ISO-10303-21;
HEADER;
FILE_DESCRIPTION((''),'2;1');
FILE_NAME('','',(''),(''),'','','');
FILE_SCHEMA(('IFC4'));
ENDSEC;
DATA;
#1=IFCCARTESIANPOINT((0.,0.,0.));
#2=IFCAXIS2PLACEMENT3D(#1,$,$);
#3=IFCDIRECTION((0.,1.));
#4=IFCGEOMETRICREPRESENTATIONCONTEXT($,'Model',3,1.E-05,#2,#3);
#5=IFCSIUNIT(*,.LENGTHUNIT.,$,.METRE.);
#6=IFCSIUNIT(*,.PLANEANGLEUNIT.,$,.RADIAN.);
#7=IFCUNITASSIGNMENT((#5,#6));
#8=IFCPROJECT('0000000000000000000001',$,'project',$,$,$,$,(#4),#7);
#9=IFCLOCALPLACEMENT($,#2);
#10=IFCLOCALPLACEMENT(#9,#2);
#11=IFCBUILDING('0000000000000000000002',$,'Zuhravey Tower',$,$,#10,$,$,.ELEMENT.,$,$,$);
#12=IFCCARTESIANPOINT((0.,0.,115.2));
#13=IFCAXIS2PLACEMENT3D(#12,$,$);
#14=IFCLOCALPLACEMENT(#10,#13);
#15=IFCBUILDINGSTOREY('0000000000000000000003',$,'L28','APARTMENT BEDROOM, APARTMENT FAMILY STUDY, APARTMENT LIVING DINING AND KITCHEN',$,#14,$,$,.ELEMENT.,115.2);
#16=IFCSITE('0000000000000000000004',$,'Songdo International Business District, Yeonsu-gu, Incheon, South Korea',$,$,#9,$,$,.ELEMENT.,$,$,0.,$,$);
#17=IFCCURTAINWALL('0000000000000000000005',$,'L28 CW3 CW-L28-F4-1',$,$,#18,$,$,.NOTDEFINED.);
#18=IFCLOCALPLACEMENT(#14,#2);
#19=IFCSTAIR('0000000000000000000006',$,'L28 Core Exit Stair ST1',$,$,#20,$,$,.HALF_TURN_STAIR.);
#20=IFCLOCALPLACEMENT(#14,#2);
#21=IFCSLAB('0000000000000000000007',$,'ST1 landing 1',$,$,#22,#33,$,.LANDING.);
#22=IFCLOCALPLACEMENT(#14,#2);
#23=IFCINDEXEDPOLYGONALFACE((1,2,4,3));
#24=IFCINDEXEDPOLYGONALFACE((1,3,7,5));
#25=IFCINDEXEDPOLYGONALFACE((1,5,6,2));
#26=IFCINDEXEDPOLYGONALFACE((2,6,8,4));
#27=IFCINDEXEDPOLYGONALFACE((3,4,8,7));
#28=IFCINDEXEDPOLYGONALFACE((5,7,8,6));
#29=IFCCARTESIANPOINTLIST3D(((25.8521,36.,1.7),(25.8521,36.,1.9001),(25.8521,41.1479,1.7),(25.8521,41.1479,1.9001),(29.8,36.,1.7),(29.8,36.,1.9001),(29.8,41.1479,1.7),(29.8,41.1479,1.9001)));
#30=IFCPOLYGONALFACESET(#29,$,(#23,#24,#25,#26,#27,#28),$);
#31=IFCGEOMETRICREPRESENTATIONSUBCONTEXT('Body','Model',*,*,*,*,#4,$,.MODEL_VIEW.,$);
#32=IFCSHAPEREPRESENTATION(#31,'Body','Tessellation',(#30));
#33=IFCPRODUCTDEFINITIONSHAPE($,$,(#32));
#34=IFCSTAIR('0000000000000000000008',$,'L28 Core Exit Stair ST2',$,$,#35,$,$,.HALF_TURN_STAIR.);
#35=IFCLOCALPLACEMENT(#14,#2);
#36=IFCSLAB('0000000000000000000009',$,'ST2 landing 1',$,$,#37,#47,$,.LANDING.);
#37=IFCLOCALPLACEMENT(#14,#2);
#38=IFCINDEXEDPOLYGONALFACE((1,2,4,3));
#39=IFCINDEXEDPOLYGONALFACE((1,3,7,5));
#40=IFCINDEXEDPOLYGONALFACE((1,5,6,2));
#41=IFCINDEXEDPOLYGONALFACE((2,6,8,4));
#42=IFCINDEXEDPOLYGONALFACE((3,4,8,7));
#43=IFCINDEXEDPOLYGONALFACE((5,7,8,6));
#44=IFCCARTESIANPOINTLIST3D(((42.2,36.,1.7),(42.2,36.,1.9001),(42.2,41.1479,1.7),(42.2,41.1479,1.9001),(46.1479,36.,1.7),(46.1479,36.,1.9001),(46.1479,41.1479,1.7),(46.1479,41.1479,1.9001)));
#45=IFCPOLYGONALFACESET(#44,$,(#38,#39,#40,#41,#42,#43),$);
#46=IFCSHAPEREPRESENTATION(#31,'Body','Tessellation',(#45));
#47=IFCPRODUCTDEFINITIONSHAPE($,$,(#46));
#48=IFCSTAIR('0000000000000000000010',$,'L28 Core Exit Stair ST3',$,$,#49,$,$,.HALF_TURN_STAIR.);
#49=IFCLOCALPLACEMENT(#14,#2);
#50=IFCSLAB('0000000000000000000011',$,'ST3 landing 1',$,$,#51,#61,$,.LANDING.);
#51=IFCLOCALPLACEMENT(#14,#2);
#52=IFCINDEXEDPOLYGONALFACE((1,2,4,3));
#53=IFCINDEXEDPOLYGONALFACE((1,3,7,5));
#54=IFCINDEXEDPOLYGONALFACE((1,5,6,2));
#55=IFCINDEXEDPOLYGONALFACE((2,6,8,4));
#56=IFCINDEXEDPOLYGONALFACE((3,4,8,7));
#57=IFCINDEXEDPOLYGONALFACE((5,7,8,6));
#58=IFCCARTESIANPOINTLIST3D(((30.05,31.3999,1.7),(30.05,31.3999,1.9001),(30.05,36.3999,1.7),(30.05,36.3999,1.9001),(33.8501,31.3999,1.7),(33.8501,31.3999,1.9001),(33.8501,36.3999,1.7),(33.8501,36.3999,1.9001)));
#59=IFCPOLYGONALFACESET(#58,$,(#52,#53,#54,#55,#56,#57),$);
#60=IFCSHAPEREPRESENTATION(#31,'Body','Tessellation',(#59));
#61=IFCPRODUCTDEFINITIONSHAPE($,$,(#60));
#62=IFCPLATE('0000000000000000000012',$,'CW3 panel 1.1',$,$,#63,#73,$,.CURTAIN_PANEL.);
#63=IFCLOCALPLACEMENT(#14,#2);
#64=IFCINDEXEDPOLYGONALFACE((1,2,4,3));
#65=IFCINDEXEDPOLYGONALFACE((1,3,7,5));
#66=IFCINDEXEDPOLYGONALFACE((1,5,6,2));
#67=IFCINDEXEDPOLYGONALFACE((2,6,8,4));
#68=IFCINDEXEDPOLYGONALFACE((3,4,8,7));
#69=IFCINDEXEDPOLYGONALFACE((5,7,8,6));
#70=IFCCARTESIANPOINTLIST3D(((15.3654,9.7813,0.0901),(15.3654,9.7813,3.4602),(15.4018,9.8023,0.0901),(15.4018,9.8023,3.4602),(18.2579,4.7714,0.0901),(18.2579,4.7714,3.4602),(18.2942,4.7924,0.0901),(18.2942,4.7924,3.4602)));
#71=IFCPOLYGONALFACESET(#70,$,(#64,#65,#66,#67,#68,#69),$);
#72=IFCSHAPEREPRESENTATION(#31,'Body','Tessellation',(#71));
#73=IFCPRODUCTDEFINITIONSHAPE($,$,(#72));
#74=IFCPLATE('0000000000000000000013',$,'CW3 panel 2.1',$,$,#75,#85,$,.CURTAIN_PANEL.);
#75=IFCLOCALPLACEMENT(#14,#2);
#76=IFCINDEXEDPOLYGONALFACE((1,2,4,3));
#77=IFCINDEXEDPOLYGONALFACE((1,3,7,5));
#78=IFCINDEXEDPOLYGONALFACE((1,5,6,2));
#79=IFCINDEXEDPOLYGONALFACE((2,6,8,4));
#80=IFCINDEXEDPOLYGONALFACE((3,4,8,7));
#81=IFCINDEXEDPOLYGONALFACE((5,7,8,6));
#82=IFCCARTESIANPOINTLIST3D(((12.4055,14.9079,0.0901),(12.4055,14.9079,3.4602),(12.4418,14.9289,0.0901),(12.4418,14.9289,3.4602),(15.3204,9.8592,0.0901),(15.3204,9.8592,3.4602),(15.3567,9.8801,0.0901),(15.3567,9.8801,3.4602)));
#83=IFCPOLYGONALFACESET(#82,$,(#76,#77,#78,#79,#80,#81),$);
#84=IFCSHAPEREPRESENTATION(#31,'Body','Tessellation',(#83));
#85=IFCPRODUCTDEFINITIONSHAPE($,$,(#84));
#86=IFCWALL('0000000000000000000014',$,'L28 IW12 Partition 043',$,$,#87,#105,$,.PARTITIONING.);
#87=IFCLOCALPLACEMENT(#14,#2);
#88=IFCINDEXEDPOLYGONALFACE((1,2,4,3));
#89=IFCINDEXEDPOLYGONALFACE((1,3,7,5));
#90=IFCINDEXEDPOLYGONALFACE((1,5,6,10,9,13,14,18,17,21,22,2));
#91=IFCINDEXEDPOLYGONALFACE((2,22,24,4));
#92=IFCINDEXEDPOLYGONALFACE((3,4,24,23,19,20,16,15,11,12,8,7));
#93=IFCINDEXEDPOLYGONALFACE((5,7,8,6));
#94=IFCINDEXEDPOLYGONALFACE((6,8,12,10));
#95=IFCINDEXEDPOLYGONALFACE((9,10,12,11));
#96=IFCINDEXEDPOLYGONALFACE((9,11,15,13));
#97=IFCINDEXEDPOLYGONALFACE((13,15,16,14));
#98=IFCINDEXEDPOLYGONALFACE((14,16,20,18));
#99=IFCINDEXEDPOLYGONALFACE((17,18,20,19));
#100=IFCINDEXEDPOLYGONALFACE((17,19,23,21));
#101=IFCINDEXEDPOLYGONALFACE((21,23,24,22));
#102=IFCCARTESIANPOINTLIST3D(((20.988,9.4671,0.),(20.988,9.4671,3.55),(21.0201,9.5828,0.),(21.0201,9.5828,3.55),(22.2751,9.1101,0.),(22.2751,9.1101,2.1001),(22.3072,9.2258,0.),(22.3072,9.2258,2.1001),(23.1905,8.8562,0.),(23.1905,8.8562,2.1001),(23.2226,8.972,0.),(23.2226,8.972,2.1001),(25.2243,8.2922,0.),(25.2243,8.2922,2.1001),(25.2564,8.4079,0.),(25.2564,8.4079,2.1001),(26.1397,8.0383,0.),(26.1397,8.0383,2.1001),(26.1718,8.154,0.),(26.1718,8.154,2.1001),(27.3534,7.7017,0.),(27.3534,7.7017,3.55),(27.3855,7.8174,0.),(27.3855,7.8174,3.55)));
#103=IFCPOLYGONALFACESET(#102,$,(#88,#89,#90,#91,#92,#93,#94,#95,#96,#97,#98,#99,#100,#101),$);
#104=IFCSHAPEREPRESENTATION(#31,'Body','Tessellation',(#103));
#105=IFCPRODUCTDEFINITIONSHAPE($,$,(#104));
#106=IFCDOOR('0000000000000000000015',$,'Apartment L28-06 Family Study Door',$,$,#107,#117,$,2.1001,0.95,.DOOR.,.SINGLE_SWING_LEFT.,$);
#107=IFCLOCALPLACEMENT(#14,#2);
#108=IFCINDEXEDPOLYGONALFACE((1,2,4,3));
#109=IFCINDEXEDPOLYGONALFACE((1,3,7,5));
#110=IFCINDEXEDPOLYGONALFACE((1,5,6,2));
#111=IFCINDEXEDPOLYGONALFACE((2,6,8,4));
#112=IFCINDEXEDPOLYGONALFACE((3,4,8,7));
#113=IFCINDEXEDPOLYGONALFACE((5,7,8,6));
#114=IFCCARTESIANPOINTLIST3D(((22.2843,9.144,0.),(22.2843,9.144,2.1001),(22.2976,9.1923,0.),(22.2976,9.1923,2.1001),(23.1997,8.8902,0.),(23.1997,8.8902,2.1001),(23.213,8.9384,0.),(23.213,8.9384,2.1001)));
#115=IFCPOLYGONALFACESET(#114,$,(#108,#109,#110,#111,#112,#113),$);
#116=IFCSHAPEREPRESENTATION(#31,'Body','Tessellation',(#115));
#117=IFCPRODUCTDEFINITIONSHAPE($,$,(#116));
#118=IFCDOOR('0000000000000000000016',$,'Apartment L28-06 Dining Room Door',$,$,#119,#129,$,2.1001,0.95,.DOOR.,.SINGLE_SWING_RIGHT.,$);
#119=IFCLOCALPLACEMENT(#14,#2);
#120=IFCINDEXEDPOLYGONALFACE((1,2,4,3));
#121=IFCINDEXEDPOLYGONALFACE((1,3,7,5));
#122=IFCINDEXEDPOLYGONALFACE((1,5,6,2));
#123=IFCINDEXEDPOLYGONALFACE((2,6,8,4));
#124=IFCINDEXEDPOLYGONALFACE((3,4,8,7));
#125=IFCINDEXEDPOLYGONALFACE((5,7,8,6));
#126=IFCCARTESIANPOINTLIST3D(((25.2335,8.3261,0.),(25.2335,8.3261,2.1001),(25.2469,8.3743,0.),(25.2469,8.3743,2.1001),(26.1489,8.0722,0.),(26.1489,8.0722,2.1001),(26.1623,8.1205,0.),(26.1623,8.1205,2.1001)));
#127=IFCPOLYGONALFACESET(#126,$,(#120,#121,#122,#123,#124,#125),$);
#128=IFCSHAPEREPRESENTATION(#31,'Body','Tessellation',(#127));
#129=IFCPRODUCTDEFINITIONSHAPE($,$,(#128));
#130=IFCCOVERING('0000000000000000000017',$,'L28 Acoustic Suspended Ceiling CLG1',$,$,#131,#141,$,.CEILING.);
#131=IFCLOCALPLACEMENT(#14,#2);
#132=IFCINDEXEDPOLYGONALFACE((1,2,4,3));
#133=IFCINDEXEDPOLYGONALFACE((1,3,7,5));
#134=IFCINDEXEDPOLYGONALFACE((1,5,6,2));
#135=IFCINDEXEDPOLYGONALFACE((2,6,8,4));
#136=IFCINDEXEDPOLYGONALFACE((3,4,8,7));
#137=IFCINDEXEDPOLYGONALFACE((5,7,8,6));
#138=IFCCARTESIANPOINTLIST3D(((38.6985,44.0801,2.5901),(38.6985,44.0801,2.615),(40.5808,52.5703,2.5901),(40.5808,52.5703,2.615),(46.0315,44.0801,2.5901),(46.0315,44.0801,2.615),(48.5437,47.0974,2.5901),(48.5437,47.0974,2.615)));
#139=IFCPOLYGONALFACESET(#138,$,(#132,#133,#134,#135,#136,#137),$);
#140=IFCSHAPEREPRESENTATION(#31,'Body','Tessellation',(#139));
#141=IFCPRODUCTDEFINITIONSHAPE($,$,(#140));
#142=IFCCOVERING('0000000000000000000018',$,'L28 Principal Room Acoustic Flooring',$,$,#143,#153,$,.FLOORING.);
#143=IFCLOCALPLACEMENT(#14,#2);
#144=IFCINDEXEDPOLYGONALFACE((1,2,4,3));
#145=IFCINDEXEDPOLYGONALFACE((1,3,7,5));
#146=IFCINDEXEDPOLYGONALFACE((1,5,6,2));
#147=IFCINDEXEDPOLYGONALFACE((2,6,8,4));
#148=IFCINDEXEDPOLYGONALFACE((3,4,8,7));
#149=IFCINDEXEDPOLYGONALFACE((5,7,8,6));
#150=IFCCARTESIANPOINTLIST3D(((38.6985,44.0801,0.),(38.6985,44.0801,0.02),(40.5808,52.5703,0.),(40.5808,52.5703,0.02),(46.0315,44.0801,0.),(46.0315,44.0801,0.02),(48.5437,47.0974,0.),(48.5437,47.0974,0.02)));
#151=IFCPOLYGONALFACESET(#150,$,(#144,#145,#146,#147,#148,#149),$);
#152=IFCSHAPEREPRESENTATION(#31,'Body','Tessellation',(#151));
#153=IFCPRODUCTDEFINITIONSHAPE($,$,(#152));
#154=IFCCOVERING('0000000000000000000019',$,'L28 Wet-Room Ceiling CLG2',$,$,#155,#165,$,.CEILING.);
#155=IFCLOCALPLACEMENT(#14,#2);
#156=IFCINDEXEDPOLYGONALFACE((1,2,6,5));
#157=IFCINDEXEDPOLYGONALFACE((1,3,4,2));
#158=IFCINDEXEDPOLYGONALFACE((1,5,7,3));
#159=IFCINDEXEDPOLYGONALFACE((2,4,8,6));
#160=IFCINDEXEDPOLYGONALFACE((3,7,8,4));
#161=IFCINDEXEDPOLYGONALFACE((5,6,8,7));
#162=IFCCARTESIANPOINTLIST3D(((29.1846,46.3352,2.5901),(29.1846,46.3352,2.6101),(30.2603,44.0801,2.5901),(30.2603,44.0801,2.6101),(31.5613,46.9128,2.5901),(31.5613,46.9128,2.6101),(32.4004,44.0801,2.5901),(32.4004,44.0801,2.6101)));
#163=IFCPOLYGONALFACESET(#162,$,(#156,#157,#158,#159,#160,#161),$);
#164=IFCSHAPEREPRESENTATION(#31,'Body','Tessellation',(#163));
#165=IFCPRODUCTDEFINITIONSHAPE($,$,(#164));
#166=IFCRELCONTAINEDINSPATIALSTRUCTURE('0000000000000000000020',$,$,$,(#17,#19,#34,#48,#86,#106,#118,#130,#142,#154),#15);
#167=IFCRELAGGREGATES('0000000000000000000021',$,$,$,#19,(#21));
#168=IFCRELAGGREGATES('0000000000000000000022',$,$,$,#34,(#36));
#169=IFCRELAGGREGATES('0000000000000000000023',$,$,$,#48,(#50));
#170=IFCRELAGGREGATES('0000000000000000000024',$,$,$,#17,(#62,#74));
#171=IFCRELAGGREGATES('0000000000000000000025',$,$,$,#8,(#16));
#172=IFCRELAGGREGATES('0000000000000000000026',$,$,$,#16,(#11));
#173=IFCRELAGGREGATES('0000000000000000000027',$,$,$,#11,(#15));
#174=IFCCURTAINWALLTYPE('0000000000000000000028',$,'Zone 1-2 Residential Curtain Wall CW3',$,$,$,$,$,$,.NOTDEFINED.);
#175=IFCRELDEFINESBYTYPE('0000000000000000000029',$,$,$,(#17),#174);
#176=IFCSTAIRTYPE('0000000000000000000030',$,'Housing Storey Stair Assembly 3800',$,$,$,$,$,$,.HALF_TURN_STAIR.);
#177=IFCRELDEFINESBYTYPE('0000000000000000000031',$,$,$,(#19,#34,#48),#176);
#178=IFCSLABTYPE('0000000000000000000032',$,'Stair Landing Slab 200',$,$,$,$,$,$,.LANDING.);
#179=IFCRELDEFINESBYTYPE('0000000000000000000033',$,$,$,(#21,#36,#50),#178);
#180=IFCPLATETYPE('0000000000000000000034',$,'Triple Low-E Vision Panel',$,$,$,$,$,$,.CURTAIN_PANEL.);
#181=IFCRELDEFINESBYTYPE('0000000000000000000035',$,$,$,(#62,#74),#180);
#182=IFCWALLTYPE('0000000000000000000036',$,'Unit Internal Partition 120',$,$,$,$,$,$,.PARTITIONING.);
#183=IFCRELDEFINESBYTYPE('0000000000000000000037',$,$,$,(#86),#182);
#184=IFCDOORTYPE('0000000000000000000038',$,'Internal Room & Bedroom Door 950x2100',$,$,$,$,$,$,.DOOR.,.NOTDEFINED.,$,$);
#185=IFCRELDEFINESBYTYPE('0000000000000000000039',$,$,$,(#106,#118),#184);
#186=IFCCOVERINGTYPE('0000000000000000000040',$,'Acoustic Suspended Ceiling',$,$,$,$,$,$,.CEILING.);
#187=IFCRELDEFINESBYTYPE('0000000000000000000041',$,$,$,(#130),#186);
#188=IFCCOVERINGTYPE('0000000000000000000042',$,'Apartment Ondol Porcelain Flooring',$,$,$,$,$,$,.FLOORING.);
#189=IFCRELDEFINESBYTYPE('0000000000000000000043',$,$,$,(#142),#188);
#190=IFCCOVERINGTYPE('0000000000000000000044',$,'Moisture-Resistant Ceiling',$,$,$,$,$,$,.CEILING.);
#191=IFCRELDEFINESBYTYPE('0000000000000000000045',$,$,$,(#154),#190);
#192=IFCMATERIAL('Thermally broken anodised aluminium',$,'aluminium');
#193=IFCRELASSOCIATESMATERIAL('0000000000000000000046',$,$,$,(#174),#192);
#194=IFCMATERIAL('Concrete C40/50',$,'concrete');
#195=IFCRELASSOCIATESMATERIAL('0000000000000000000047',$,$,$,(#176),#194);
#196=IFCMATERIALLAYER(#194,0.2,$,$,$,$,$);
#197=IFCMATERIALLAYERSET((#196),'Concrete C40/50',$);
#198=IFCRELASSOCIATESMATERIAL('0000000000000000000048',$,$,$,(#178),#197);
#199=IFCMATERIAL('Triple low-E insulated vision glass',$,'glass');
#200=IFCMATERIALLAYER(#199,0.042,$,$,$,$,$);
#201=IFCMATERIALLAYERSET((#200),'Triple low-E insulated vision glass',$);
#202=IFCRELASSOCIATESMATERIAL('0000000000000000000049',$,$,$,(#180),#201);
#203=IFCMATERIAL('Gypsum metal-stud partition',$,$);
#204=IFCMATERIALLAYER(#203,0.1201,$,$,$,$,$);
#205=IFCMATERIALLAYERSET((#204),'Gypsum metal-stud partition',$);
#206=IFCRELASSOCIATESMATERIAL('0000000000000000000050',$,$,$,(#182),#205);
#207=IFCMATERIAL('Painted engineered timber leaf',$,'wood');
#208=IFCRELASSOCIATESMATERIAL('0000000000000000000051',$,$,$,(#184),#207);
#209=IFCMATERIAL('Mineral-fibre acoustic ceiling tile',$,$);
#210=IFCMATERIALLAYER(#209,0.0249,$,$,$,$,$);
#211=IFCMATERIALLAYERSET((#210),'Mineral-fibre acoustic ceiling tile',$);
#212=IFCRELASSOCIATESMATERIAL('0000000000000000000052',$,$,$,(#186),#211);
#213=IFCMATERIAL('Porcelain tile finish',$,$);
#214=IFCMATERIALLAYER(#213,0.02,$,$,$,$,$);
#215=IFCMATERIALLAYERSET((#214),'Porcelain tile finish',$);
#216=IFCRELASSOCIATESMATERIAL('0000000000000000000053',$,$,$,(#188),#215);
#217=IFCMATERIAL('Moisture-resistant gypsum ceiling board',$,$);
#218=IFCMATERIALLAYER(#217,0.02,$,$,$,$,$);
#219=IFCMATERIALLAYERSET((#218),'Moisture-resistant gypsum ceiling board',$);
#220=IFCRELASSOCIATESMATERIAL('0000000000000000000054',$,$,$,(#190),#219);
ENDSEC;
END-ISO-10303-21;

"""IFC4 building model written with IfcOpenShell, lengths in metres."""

from ifc_helpers import new_model, si_unit, direction, frame, frame_2d, origin, origin_2d, place, context, subcontext, project, spatial, polyline, rectangle, outline, extrude, material, layer, layer_set, type_object, element, fill, aggregate, save


model = new_model("IFC4")

# Units and contexts
model_context = context("Model", 3, precision=1e-05, world=origin(), true_north=direction((0.0, 1.0)))
body_context = subcontext(model_context, "Body", "Model", "MODEL_VIEW")
ifc_project = project(units=[si_unit("LENGTHUNIT", "METRE"), si_unit("PLANEANGLEUNIT", "RADIAN")], contexts=[model_context])

# Site, building, storey
site_placement = place(None, origin())
site = spatial("IfcSite", under=ifc_project, at=site_placement, Name="Songdo International Business District, Yeonsu-gu, Incheon, South Korea", CompositionType="ELEMENT", RefElevation=0.0)
building_placement = place(site_placement, origin())
building = spatial("IfcBuilding", under=site, at=building_placement, Name="Zuhravey Tower", CompositionType="ELEMENT")
storey_placement = place(building_placement, frame((0.0, 0.0, 115.2)))
storey = spatial("IfcBuildingStorey", under=building, at=storey_placement, Name="L28", Description="APARTMENT BEDROOM, APARTMENT FAMILY STUDY, APARTMENT LIVING DINING AND KITCHEN", CompositionType="ELEMENT", Elevation=115.2)

# Curtain wall
ifc_material_1 = material(Name="Thermally broken anodised aluminium", Category="aluminium")
curtain_wall_type = type_object("IfcCurtainWallType", Name="Zone 1-2 Residential Curtain Wall CW3", PredefinedType="NOTDEFINED", material=ifc_material_1)
curtain_wall_placement = place(storey_placement, origin())
curtain_wall = element("IfcCurtainWall", 1, at=curtain_wall_placement, inside=storey, type_object=curtain_wall_type, Name="L28 CW3 CW-L28-F4-1", PredefinedType="NOTDEFINED")

# Shared definitions
ifc_material_2 = material(Name="Concrete C40/50", Category="concrete")

# Stairs, slabs
stair_type = type_object("IfcStairType", Name="Housing Storey Stair Assembly 3800", PredefinedType="HALF_TURN_STAIR", material=ifc_material_2)
stair_1_placement = place(storey_placement, origin())
stair_1 = element("IfcStair", 2, at=stair_1_placement, inside=storey, type_object=stair_type, Name="L28 Core Exit Stair ST1", PredefinedType="HALF_TURN_STAIR")
ifc_layer_1 = layer(ifc_material_2, 0.2)
ifc_layer_set_1 = layer_set([ifc_layer_1], Name="Concrete C40/50")
slab_type_1 = type_object("IfcSlabType", Name="Stair Landing Slab 200", PredefinedType="LANDING", material=ifc_layer_set_1)
slab_1_placement = place(storey_placement, frame((0.0, 0.0, 1.7)))
slab_1 = element("IfcSlab", 3, at=slab_1_placement, type_object=slab_type_1, Name="ST1 landing 1", PredefinedType="LANDING", context=body_context, shape_type="SweptSolid", body=[
    extrude(outline(polyline([(29.8, 36.0), (29.8, 41.1479), (25.8521, 41.1479), (25.8521, 36.0), (29.8, 36.0)])), origin(), (0.0, 0.0, 1.0), 0.2002),
])
aggregate(stair_1, [slab_1])
stair_2_placement = place(storey_placement, origin())
stair_2 = element("IfcStair", 4, at=stair_2_placement, inside=storey, type_object=stair_type, Name="L28 Core Exit Stair ST2", PredefinedType="HALF_TURN_STAIR")
slab_2_placement = place(storey_placement, frame((0.0, 0.0, 1.7)))
slab_2 = element("IfcSlab", 5, at=slab_2_placement, type_object=slab_type_1, Name="ST2 landing 1", PredefinedType="LANDING", context=body_context, shape_type="SweptSolid", body=[
    extrude(outline(polyline([(46.1479, 36.0), (46.1479, 41.1479), (42.2, 41.1479), (42.2, 36.0), (46.1479, 36.0)])), origin(), (0.0, 0.0, 1.0), 0.2002),
])
aggregate(stair_2, [slab_2])
stair_3_placement = place(storey_placement, origin())
stair_3 = element("IfcStair", 6, at=stair_3_placement, inside=storey, type_object=stair_type, Name="L28 Core Exit Stair ST3", PredefinedType="HALF_TURN_STAIR")
slab_3_placement = place(storey_placement, frame((0.0, 0.0, 1.7)))
slab_3 = element("IfcSlab", 7, at=slab_3_placement, type_object=slab_type_1, Name="ST3 landing 1", PredefinedType="LANDING", context=body_context, shape_type="SweptSolid", body=[
    extrude(outline(polyline([(30.05, 36.3999), (30.05, 31.3999), (33.8501, 31.3999), (33.8501, 36.3999), (30.05, 36.3999)])), origin(), (0.0, 0.0, 1.0), 0.2002),
])
aggregate(stair_3, [slab_3])

# Plates
ifc_material_3 = material(Name="Triple low-E insulated vision glass", Category="glass")
ifc_layer_2 = layer(ifc_material_3, 0.042)
ifc_layer_set_2 = layer_set([ifc_layer_2], Name="Triple low-E insulated vision glass")
plate_type_1 = type_object("IfcPlateType", Name="Triple Low-E Vision Panel", PredefinedType="CURTAIN_PANEL", material=ifc_layer_set_2)
plate_1_placement = place(storey_placement, frame((16.8298, 7.2869, 0.0901), z_axis=(0.0, 0.0, 1.0), x_axis=(-0.5, 0.866026, 0.0)))
plate_1 = element("IfcPlate", 8, at=plate_1_placement, type_object=plate_type_1, Name="CW3 panel 1.1", PredefinedType="CURTAIN_PANEL", context=body_context, shape_type="SweptSolid", body=[
    extrude(rectangle(XDim=5.7849, YDim=0.042, at=origin_2d()), origin(), (0.0, 0.0, 1.0), 3.3701),
])
plate_2_placement = place(storey_placement, frame((13.8811, 12.394, 0.0901), z_axis=(0.0, 0.0, 1.0), x_axis=(-0.5, 0.866026, 0.0)))
plate_2 = element("IfcPlate", 9, at=plate_2_placement, type_object=plate_type_1, Name="CW3 panel 2.1", PredefinedType="CURTAIN_PANEL", context=body_context, shape_type="SweptSolid", body=[
    extrude(rectangle(XDim=5.8298, YDim=0.042, at=origin_2d()), origin(), (0.0, 0.0, 1.0), 3.3701),
])
aggregate(curtain_wall, [plate_1, plate_2])

# Wall, openings, doors
ifc_material_4 = material(Name="Gypsum metal-stud partition")
ifc_layer_3 = layer(ifc_material_4, 0.1201)
ifc_layer_set_3 = layer_set([ifc_layer_3], Name="Gypsum metal-stud partition")
wall_type = type_object("IfcWallType", Name="Unit Internal Partition 120", PredefinedType="PARTITIONING", material=ifc_layer_set_3)
wall_placement = place(storey_placement, frame((21.0042, 9.5249, 0.0), z_axis=(0.0, 0.0, 1.0), x_axis=(0.963627, -0.267249, 0.0)))
wall = element("IfcWall", 10, at=wall_placement, inside=storey, type_object=wall_type, Name="L28 IW12 Partition 043", PredefinedType="PARTITIONING", context=body_context, shape_type="SweptSolid", body=[
    extrude(rectangle(XDim=6.6057, YDim=0.1201, at=frame_2d((3.3027, 0.0))), origin(), (0.0, 0.0, 1.0), 3.55),
])
opening_1_placement = place(wall_placement, frame((1.3354, 0.0, 0.0)))
opening_1 = element("IfcOpeningElement", 11, at=opening_1_placement, cuts=wall, PredefinedType="OPENING", context=body_context, shape_type="SweptSolid", body=[
    extrude(rectangle(XDim=0.95, YDim=2.1001, at=frame_2d((0.4751, 1.05))), frame((0.0, 0.072, 0.0), z_axis=(0.0, -1.0, 0.0), x_axis=(1.0, 0.0, 0.0)), (0.0, 0.0, 1.0), 0.144),
])
opening_2_placement = place(wall_placement, frame((4.396, 0.0, 0.0)))
opening_2 = element("IfcOpeningElement", 12, at=opening_2_placement, cuts=wall, PredefinedType="OPENING", context=body_context, shape_type="SweptSolid", body=[
    extrude(rectangle(XDim=0.95, YDim=2.1001, at=frame_2d((0.4751, 1.05))), frame((0.0, 0.072, 0.0), z_axis=(0.0, -1.0, 0.0), x_axis=(1.0, 0.0, 0.0)), (0.0, 0.0, 1.0), 0.144),
])
ifc_material_5 = material(Name="Painted engineered timber leaf", Category="wood")
door_type = type_object("IfcDoorType", Name="Internal Room & Bedroom Door 950x2100", OperationType="NOTDEFINED", PredefinedType="DOOR", material=ifc_material_5)
door_1_placement = place(opening_1_placement, frame((0.95, 0.0, 0.0), z_axis=(0.0, 0.0, 1.0), x_axis=(-1.0, 0.0, 0.0)))
door_1 = element("IfcDoor", 13, at=door_1_placement, inside=storey, type_object=door_type, Name="Apartment L28-06 Family Study Door", OperationType="SINGLE_SWING_LEFT", OverallHeight=2.1001, OverallWidth=0.95, PredefinedType="DOOR", context=body_context, shape_type="SweptSolid", body=[
    extrude(rectangle(XDim=0.95, YDim=2.1001, at=frame_2d((0.4751, 1.05))), frame((0.0, 0.0249, 0.0), z_axis=(0.0, -1.0, 0.0), x_axis=(1.0, 0.0, 0.0)), (0.0, 0.0, 1.0), 0.05),
])
fill(opening_1, door_1)
door_2_placement = place(opening_2_placement, frame((0.95, 0.0, 0.0), z_axis=(0.0, 0.0, 1.0), x_axis=(-1.0, 0.0, 0.0)))
door_2 = element("IfcDoor", 14, at=door_2_placement, inside=storey, type_object=door_type, Name="Apartment L28-06 Dining Room Door", OperationType="SINGLE_SWING_RIGHT", OverallHeight=2.1001, OverallWidth=0.95, PredefinedType="DOOR", context=body_context, shape_type="SweptSolid", body=[
    extrude(rectangle(XDim=0.95, YDim=2.1001, at=frame_2d((0.4751, 1.05))), frame((0.0, 0.0249, 0.0), z_axis=(0.0, -1.0, 0.0), x_axis=(1.0, 0.0, 0.0)), (0.0, 0.0, 1.0), 0.05),
])
fill(opening_2, door_2)

# Coverings
ifc_material_6 = material(Name="Mineral-fibre acoustic ceiling tile")
ifc_layer_4 = layer(ifc_material_6, 0.0249)
ifc_layer_set_4 = layer_set([ifc_layer_4], Name="Mineral-fibre acoustic ceiling tile")
covering_type_1 = type_object("IfcCoveringType", Name="Acoustic Suspended Ceiling", PredefinedType="CEILING", material=ifc_layer_set_4)
covering_1_placement = place(storey_placement, frame((0.0, 0.0, 2.5901)))
element("IfcCovering", 15, at=covering_1_placement, inside=storey, type_object=covering_type_1, Name="L28 Acoustic Suspended Ceiling CLG1", PredefinedType="CEILING", context=body_context, shape_type="SweptSolid", body=[
    extrude(outline(polyline([(46.0315, 44.0801), (38.6985, 44.0801), (40.5808, 52.5703), (48.5437, 47.0974), (46.0315, 44.0801)])), origin(), (0.0, 0.0, 1.0), 0.0249),
])
ifc_material_7 = material(Name="Porcelain tile finish")
ifc_layer_5 = layer(ifc_material_7, 0.02)
ifc_layer_set_5 = layer_set([ifc_layer_5], Name="Porcelain tile finish")
covering_type_2 = type_object("IfcCoveringType", Name="Apartment Ondol Porcelain Flooring", PredefinedType="FLOORING", material=ifc_layer_set_5)
covering_2_placement = place(storey_placement, origin())
element("IfcCovering", 16, at=covering_2_placement, inside=storey, type_object=covering_type_2, Name="L28 Principal Room Acoustic Flooring", PredefinedType="FLOORING", context=body_context, shape_type="SweptSolid", body=[
    extrude(outline(polyline([(46.0315, 44.0801), (38.6985, 44.0801), (40.5808, 52.5703), (48.5437, 47.0974), (46.0315, 44.0801)])), origin(), (0.0, 0.0, 1.0), 0.02),
])
ifc_material_8 = material(Name="Moisture-resistant gypsum ceiling board")
ifc_layer_6 = layer(ifc_material_8, 0.02)
ifc_layer_set_6 = layer_set([ifc_layer_6], Name="Moisture-resistant gypsum ceiling board")
covering_type_3 = type_object("IfcCoveringType", Name="Moisture-Resistant Ceiling", PredefinedType="CEILING", material=ifc_layer_set_6)
covering_3_placement = place(storey_placement, frame((0.0, 0.0, 2.5901)))
element("IfcCovering", 17, at=covering_3_placement, inside=storey, type_object=covering_type_3, Name="L28 Wet-Room Ceiling CLG2", PredefinedType="CEILING", context=body_context, shape_type="SweptSolid", body=[
    extrude(outline(polyline([(31.5613, 46.9128), (32.4004, 44.0801), (30.2603, 44.0801), (29.1846, 46.3352), (31.5613, 46.9128)])), origin(), (0.0, 0.0, 1.0), 0.02),
])

save(model, "model.ifc")
